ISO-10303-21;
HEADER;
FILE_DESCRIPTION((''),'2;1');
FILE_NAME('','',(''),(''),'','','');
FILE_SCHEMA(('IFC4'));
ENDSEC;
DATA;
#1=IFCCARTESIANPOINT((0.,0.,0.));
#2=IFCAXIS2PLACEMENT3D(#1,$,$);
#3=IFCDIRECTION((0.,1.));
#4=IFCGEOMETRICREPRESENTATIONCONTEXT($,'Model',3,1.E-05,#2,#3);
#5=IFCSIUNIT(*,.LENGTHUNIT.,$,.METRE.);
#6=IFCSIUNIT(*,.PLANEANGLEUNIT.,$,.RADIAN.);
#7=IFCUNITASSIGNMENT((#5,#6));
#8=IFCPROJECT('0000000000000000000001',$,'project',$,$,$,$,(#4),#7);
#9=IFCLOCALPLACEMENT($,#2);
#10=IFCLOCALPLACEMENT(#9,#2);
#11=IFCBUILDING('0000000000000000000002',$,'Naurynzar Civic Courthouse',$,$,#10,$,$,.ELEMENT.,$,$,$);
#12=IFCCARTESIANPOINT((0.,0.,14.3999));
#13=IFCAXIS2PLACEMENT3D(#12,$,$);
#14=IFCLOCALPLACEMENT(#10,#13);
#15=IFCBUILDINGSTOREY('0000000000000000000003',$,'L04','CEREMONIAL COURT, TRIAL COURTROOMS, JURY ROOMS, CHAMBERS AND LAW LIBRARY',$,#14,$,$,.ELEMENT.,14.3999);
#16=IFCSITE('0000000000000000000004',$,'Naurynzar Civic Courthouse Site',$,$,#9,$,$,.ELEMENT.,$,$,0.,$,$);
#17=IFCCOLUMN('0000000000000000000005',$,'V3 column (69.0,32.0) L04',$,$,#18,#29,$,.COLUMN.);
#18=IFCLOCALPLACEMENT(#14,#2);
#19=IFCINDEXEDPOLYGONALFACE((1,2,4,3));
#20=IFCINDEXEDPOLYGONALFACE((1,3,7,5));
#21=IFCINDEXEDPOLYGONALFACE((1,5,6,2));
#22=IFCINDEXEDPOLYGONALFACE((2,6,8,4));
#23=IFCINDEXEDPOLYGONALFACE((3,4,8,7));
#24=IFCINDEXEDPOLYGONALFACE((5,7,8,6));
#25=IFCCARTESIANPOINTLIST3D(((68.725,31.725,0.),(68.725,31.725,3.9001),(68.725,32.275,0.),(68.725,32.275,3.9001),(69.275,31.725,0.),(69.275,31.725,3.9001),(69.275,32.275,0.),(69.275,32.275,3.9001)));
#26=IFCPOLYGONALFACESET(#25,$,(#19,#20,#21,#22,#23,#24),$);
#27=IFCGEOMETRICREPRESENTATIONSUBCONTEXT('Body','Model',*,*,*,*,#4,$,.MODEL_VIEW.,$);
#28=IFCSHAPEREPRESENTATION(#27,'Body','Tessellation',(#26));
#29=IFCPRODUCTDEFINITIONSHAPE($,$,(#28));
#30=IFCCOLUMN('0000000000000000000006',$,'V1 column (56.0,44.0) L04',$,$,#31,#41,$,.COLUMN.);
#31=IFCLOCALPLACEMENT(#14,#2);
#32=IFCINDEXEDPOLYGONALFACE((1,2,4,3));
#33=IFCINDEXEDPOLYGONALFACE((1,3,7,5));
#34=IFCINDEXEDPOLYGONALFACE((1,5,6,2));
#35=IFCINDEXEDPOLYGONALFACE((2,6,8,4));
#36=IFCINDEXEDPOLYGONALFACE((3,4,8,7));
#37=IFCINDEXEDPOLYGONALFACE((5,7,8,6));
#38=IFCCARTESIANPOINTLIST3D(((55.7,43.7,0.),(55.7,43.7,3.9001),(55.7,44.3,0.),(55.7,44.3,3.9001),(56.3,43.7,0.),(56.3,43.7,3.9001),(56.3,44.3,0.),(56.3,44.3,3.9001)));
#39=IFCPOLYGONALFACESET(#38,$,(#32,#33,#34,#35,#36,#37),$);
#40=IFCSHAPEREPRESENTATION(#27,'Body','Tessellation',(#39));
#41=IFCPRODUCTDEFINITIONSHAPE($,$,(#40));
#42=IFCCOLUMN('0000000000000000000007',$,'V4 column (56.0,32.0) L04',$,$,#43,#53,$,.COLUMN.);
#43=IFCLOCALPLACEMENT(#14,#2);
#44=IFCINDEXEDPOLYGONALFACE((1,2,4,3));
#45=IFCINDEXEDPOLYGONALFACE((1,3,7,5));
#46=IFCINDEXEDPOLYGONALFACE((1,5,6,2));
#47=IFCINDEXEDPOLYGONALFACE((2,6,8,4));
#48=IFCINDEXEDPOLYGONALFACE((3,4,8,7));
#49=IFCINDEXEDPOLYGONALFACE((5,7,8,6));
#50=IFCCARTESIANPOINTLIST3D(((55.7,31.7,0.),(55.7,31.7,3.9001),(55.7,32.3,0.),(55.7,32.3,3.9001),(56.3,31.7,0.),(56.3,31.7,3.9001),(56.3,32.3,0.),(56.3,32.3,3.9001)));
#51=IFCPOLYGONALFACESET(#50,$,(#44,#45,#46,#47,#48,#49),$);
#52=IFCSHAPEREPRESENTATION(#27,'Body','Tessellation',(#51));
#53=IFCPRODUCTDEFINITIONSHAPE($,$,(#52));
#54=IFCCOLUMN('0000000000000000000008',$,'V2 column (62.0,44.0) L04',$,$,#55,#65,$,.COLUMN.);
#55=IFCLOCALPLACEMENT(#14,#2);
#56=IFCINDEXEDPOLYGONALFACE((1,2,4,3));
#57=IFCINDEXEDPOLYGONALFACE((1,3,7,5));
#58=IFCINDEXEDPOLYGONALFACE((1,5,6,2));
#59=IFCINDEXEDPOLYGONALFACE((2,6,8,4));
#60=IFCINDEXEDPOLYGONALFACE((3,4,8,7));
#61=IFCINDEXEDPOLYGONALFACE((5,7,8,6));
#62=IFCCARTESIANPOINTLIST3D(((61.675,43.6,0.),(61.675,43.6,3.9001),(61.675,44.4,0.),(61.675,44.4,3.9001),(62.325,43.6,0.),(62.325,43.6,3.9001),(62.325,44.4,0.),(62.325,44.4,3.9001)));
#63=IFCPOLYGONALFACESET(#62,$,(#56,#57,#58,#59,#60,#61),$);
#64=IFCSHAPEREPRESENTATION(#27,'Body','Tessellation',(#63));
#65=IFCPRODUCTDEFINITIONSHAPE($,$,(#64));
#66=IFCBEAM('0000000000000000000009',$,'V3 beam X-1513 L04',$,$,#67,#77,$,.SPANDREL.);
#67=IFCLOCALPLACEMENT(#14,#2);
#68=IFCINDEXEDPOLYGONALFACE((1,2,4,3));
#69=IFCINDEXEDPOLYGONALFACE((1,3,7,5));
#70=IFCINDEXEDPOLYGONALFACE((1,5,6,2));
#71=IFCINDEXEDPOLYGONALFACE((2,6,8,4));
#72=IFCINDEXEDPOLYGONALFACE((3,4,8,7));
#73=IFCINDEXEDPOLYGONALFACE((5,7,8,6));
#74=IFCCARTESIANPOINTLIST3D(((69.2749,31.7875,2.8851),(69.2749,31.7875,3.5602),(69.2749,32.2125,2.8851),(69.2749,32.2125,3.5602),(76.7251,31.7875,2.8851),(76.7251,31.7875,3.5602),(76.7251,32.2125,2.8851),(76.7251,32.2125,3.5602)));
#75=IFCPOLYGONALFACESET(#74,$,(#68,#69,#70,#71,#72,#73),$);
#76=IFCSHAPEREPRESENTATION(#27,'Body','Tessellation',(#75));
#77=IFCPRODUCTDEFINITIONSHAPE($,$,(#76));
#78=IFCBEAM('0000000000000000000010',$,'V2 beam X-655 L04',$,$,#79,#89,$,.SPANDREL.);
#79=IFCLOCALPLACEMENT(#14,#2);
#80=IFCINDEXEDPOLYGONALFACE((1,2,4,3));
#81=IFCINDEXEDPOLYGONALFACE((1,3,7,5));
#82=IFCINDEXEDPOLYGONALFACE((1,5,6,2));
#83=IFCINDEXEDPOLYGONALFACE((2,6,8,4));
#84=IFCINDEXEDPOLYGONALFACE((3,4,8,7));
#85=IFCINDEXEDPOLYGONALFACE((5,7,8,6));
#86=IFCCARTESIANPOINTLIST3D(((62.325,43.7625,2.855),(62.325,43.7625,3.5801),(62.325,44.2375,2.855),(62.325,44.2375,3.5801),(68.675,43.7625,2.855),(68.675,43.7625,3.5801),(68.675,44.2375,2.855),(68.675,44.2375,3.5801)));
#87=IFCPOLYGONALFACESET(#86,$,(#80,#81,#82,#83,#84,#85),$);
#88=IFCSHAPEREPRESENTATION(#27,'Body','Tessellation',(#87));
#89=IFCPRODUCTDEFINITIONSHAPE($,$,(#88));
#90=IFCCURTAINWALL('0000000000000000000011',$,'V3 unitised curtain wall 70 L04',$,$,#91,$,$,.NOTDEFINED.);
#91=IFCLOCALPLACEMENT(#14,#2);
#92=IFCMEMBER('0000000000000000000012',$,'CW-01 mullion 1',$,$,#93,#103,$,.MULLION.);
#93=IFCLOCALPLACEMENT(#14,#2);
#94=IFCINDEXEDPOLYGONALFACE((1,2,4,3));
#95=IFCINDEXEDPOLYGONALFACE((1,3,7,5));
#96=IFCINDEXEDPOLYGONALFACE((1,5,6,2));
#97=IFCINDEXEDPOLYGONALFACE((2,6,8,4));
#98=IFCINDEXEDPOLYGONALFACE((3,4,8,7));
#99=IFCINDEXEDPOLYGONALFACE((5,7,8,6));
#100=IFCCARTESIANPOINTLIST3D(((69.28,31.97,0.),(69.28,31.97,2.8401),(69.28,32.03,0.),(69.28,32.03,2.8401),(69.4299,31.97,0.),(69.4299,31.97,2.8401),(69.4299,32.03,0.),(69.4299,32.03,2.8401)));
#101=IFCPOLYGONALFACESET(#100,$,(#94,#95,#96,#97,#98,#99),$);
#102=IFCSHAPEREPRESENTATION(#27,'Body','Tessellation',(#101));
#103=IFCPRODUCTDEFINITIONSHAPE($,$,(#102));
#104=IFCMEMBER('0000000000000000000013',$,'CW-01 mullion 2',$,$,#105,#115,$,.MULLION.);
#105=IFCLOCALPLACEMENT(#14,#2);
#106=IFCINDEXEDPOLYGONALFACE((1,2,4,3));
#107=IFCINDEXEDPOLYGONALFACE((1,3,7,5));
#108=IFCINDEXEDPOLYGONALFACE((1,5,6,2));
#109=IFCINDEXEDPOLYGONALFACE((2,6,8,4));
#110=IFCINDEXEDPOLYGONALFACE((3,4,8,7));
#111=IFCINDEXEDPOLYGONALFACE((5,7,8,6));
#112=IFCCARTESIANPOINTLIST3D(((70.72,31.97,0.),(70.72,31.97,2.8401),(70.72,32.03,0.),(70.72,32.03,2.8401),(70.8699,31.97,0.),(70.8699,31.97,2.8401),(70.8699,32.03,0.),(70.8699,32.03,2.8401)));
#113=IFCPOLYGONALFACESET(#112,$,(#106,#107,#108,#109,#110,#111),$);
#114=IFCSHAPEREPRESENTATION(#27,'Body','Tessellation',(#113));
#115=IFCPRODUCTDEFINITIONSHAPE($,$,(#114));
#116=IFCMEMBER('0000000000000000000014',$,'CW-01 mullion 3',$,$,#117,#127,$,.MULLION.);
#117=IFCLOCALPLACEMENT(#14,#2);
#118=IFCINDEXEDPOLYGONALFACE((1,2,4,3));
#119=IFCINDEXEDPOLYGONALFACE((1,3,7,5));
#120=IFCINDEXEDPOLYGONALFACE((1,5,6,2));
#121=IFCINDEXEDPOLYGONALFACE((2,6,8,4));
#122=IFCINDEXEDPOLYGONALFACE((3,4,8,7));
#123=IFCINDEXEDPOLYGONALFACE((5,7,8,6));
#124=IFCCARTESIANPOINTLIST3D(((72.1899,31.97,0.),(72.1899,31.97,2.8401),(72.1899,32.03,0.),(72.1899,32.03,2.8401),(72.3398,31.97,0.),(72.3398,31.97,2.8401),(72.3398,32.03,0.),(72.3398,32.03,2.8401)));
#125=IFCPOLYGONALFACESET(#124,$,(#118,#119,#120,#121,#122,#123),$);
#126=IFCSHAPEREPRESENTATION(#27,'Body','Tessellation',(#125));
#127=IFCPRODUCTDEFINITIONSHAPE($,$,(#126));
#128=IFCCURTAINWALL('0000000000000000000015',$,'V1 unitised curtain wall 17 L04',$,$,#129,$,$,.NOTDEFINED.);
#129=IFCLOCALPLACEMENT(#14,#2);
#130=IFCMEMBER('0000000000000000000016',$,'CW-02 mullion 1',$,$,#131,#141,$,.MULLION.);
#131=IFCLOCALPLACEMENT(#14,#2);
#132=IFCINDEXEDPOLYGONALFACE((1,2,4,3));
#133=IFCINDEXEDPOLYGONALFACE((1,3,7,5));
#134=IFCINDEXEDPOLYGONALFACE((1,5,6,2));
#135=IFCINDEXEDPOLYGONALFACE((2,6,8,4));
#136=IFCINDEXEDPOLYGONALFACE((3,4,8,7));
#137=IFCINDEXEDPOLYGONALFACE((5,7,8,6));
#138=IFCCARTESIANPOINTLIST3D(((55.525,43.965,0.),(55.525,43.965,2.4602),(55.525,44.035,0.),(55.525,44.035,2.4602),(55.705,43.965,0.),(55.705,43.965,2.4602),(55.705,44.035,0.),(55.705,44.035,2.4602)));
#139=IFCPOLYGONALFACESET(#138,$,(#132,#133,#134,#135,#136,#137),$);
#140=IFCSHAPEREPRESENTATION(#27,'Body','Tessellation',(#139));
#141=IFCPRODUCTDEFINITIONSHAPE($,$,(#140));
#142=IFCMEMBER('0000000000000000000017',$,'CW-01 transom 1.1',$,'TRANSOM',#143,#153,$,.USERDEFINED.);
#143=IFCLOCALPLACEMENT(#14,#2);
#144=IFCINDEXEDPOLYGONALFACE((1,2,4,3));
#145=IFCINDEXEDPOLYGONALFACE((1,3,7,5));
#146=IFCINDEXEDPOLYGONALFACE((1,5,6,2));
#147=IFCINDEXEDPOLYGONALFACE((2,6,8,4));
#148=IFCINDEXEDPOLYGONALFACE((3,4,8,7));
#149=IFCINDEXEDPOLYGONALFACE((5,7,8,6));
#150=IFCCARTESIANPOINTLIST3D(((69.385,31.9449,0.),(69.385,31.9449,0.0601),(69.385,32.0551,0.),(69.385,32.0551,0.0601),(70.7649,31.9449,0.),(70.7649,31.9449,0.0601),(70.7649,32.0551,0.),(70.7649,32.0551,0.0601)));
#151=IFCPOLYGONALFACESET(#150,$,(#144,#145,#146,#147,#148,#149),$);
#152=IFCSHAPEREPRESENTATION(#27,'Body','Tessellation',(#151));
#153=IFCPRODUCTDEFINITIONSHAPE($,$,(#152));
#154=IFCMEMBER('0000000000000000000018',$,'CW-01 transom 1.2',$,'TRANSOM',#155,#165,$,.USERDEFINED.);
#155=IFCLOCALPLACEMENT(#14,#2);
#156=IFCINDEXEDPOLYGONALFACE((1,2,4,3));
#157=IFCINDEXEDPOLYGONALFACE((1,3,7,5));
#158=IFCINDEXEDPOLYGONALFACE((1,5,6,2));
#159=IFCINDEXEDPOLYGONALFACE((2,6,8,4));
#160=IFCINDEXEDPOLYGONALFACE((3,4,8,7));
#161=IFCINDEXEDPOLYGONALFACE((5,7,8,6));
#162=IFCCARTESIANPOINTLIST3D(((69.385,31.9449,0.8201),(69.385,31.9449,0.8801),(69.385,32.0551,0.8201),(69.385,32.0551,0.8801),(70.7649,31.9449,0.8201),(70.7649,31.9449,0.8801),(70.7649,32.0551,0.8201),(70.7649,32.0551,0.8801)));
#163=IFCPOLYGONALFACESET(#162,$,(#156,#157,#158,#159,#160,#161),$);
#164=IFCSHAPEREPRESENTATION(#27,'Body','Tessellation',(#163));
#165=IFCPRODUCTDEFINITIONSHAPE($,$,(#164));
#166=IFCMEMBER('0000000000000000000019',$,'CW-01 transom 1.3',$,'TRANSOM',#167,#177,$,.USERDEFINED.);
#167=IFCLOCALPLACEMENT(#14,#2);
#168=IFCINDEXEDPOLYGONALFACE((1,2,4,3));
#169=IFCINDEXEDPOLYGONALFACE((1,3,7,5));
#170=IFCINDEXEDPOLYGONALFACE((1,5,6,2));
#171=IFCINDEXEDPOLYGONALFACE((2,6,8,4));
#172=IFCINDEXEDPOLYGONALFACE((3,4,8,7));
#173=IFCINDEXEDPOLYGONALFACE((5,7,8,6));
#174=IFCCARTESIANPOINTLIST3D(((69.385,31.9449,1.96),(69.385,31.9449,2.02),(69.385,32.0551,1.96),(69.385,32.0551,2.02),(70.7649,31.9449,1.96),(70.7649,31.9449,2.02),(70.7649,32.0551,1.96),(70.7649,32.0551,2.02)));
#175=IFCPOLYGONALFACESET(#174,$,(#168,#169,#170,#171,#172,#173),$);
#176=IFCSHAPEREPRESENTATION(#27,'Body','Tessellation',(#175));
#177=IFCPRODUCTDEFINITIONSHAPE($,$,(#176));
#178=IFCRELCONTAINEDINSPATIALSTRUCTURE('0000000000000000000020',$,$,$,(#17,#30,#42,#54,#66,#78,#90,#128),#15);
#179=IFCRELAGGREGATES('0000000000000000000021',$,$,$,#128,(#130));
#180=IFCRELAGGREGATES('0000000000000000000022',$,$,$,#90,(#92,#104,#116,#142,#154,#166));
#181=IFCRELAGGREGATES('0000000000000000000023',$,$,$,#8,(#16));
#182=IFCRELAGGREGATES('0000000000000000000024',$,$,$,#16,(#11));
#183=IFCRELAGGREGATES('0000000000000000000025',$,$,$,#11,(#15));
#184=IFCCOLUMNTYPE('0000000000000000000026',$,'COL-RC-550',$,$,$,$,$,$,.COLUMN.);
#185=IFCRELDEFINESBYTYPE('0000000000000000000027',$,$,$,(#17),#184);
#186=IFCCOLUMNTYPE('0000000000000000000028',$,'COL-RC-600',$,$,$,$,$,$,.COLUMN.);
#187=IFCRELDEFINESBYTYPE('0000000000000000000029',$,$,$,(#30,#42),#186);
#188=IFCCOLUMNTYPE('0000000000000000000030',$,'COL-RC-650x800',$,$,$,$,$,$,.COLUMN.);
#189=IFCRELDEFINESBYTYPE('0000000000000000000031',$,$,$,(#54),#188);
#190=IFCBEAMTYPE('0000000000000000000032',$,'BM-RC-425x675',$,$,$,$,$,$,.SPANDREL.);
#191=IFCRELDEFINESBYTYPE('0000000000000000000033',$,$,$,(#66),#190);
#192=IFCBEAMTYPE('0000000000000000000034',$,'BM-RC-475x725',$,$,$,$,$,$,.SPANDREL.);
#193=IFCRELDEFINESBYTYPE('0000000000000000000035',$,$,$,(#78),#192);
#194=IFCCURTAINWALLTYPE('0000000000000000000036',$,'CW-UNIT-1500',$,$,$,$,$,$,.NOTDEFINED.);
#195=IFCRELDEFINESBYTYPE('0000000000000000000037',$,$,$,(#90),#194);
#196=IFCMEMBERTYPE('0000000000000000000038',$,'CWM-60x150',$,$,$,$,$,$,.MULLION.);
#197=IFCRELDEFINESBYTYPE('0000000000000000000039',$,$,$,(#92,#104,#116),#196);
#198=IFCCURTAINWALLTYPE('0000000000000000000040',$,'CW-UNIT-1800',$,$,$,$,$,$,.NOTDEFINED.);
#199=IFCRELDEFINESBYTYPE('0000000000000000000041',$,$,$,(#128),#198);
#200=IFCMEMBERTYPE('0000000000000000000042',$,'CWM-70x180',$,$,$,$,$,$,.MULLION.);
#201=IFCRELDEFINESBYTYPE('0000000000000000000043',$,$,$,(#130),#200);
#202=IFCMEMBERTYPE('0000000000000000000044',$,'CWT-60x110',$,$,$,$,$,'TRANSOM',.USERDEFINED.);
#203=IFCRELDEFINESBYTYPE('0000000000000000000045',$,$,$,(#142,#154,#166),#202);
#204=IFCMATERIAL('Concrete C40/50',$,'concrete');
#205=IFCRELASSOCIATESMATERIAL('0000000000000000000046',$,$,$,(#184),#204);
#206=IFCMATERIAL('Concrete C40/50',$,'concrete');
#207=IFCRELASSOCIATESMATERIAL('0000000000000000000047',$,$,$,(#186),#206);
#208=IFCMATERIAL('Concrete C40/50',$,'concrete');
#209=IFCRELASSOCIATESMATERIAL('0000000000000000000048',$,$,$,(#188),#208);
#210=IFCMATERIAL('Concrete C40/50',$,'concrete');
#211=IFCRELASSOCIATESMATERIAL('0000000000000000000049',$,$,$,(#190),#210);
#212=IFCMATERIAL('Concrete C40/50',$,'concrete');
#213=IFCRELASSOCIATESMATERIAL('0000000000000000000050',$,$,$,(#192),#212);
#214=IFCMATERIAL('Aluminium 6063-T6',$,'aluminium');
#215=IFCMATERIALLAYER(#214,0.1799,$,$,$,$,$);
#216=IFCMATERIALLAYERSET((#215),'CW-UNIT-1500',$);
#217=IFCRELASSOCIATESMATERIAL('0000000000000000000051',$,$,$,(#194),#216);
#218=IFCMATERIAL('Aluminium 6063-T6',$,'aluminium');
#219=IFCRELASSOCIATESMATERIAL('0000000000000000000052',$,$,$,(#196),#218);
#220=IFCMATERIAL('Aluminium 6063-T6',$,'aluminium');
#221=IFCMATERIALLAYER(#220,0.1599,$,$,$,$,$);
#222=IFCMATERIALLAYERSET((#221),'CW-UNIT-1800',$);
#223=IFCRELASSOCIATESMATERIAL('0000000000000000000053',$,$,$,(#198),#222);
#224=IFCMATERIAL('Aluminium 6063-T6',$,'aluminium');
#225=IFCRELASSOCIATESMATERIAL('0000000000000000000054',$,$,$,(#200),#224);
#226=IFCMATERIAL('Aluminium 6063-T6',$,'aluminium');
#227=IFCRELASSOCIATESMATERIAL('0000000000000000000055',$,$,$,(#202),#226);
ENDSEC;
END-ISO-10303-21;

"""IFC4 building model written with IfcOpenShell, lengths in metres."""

from ifc_helpers import new_model, si_unit, direction, frame, origin, origin_2d, place, context, subcontext, project, spatial, rectangle, extrude, material, layer, layer_set, material_profile, profile_set, type_object, element, aggregate, save


model = new_model("IFC4")

# Units and contexts
model_context = context("Model", 3, precision=1e-05, world=origin(), true_north=direction((0.0, 1.0)))
body_context = subcontext(model_context, "Body", "Model", "MODEL_VIEW")
ifc_project = project(units=[si_unit("LENGTHUNIT", "METRE"), si_unit("PLANEANGLEUNIT", "RADIAN")], contexts=[model_context])

# Site, building, storey
site_placement = place(None, origin())
site = spatial("IfcSite", under=ifc_project, at=site_placement, Name="Naurynzar Civic Courthouse Site", CompositionType="ELEMENT", RefElevation=0.0)
building_placement = place(site_placement, origin())
building = spatial("IfcBuilding", under=site, at=building_placement, Name="Naurynzar Civic Courthouse", CompositionType="ELEMENT")
storey_placement = place(building_placement, frame((0.0, 0.0, 14.3999)))
storey = spatial("IfcBuildingStorey", under=building, at=storey_placement, Name="L04", Description="CEREMONIAL COURT, TRIAL COURTROOMS, JURY ROOMS, CHAMBERS AND LAW LIBRARY", CompositionType="ELEMENT", Elevation=14.3999)

# Columns
ifc_material_1 = material(Name="Concrete C40/50", Category="concrete")
ifc_material_profile_1 = material_profile(ifc_material_1, rectangle(XDim=0.55, YDim=0.55, at=origin_2d()), Name="RC 550x550")
ifc_profile_set_1 = profile_set([ifc_material_profile_1], Name="Concrete C40/50")
column_type_1 = type_object("IfcColumnType", Name="COL-RC-550", PredefinedType="COLUMN", material=ifc_profile_set_1)
column_1_placement = place(storey_placement, frame((69.0, 32.0, 0.0), z_axis=(0.0, 0.0, 1.0), x_axis=(1.0, 0.0, 0.0)))
element("IfcColumn", 1, at=column_1_placement, inside=storey, type_object=column_type_1, Name="V3 column (69.0,32.0) L04", PredefinedType="COLUMN", context=body_context, shape_type="SweptSolid", body=[
    extrude(rectangle(XDim=0.55, YDim=0.55, at=origin_2d()), origin(), (0.0, 0.0, 1.0), 3.9001),
])
ifc_material_2 = material(Name="Concrete C40/50", Category="concrete")
ifc_material_profile_2 = material_profile(ifc_material_2, rectangle(XDim=0.6001, YDim=0.6001, at=origin_2d()), Name="RC 600x600")
ifc_profile_set_2 = profile_set([ifc_material_profile_2], Name="Concrete C40/50")
column_type_2 = type_object("IfcColumnType", Name="COL-RC-600", PredefinedType="COLUMN", material=ifc_profile_set_2)
for number, where, z_axis, x_axis, name in (
    (2, (56.0, 44.0, 0.0), (0.0, 0.0, 1.0), (1.0, 0.0, 0.0), "V1 column (56.0,44.0) L04"),
    (3, (56.0, 32.0, 0.0), (0.0, 0.0, 1.0), (1.0, 0.0, 0.0), "V4 column (56.0,32.0) L04"),
):
    element("IfcColumn", number, at=place(storey_placement, frame(where, z_axis=z_axis, x_axis=x_axis)), inside=storey, type_object=column_type_2, Name=name, PredefinedType="COLUMN", context=body_context, shape_type="SweptSolid", body=[
        extrude(rectangle(XDim=0.6001, YDim=0.6001, at=origin_2d()), origin(), (0.0, 0.0, 1.0), 3.9001),
    ])
ifc_material_3 = material(Name="Concrete C40/50", Category="concrete")
ifc_material_profile_3 = material_profile(ifc_material_3, rectangle(XDim=0.6499, YDim=0.8, at=origin_2d()), Name="RC 650x800")
ifc_profile_set_3 = profile_set([ifc_material_profile_3], Name="Concrete C40/50")
column_type_3 = type_object("IfcColumnType", Name="COL-RC-650x800", PredefinedType="COLUMN", material=ifc_profile_set_3)
column_2_placement = place(storey_placement, frame((62.0, 44.0, 0.0), z_axis=(0.0, 0.0, 1.0), x_axis=(1.0, 0.0, 0.0)))
element("IfcColumn", 4, at=column_2_placement, inside=storey, type_object=column_type_3, Name="V2 column (62.0,44.0) L04", PredefinedType="COLUMN", context=body_context, shape_type="SweptSolid", body=[
    extrude(rectangle(XDim=0.6499, YDim=0.8, at=origin_2d()), origin(), (0.0, 0.0, 1.0), 3.9001),
])

# Beams
ifc_material_4 = material(Name="Concrete C40/50", Category="concrete")
ifc_material_profile_4 = material_profile(ifc_material_4, rectangle(XDim=0.425, YDim=0.675, at=origin_2d()), Name="RCB 425x675")
ifc_profile_set_4 = profile_set([ifc_material_profile_4], Name="Concrete C40/50")
beam_type_1 = type_object("IfcBeamType", Name="BM-RC-425x675", PredefinedType="SPANDREL", material=ifc_profile_set_4)
beam_1_placement = place(storey_placement, frame((69.2749, 32.0, 3.2227), z_axis=(1.0, 0.0, 0.0), x_axis=(0.0, 1.0, 0.0)))
element("IfcBeam", 5, at=beam_1_placement, inside=storey, type_object=beam_type_1, Name="V3 beam X-1513 L04", PredefinedType="SPANDREL", context=body_context, shape_type="SweptSolid", body=[
    extrude(rectangle(XDim=0.425, YDim=0.675, at=origin_2d()), origin(), (0.0, 0.0, 1.0), 7.4502),
])
ifc_material_5 = material(Name="Concrete C40/50", Category="concrete")
ifc_material_profile_5 = material_profile(ifc_material_5, rectangle(XDim=0.4751, YDim=0.7251, at=origin_2d()), Name="RCB 475x725")
ifc_profile_set_5 = profile_set([ifc_material_profile_5], Name="Concrete C40/50")
beam_type_2 = type_object("IfcBeamType", Name="BM-RC-475x725", PredefinedType="SPANDREL", material=ifc_profile_set_5)
beam_2_placement = place(storey_placement, frame((62.325, 44.0, 3.2175), z_axis=(1.0, 0.0, 0.0), x_axis=(0.0, 1.0, 0.0)))
element("IfcBeam", 6, at=beam_2_placement, inside=storey, type_object=beam_type_2, Name="V2 beam X-655 L04", PredefinedType="SPANDREL", context=body_context, shape_type="SweptSolid", body=[
    extrude(rectangle(XDim=0.4751, YDim=0.7251, at=origin_2d()), origin(), (0.0, 0.0, 1.0), 6.3501),
])

# Curtain wall, members
ifc_material_6 = material(Name="Aluminium 6063-T6", Category="aluminium")
ifc_layer_1 = layer(ifc_material_6, 0.1799)
ifc_layer_set_1 = layer_set([ifc_layer_1], Name="CW-UNIT-1500")
curtain_wall_type_1 = type_object("IfcCurtainWallType", Name="CW-UNIT-1500", PredefinedType="NOTDEFINED", material=ifc_layer_set_1)
curtain_wall_1_placement = place(storey_placement, origin())
curtain_wall_1 = element("IfcCurtainWall", 7, at=curtain_wall_1_placement, inside=storey, type_object=curtain_wall_type_1, Name="V3 unitised curtain wall 70 L04", PredefinedType="NOTDEFINED")
ifc_material_7 = material(Name="Aluminium 6063-T6", Category="aluminium")
ifc_material_profile_6 = material_profile(ifc_material_7, rectangle(XDim=0.0601, YDim=0.1499, at=origin_2d()), Name="ALU MULLION 60x150")
ifc_profile_set_6 = profile_set([ifc_material_profile_6], Name="Aluminium 6063-T6")
member_type_1 = type_object("IfcMemberType", Name="CWM-60x150", PredefinedType="MULLION", material=ifc_profile_set_6)
member_1_placement = place(storey_placement, frame((69.355, 32.0, 0.0), z_axis=(0.0, 0.0, 1.0), x_axis=(0.0, 1.0, 0.0)))
member_1 = element("IfcMember", 8, at=member_1_placement, type_object=member_type_1, Name="CW-01 mullion 1", PredefinedType="MULLION", context=body_context, shape_type="SweptSolid", body=[
    extrude(rectangle(XDim=0.0601, YDim=0.1499, at=origin_2d()), origin(), (0.0, 0.0, 1.0), 2.8401),
])
member_2_placement = place(storey_placement, frame((70.7949, 32.0, 0.0), z_axis=(0.0, 0.0, 1.0), x_axis=(0.0, 1.0, 0.0)))
member_2 = element("IfcMember", 9, at=member_2_placement, type_object=member_type_1, Name="CW-01 mullion 2", PredefinedType="MULLION", context=body_context, shape_type="SweptSolid", body=[
    extrude(rectangle(XDim=0.0601, YDim=0.1499, at=origin_2d()), origin(), (0.0, 0.0, 1.0), 2.8401),
])
member_3_placement = place(storey_placement, frame((72.2649, 32.0, 0.0), z_axis=(0.0, 0.0, 1.0), x_axis=(0.0, 1.0, 0.0)))
member_3 = element("IfcMember", 10, at=member_3_placement, type_object=member_type_1, Name="CW-01 mullion 3", PredefinedType="MULLION", context=body_context, shape_type="SweptSolid", body=[
    extrude(rectangle(XDim=0.0601, YDim=0.1499, at=origin_2d()), origin(), (0.0, 0.0, 1.0), 2.8401),
])

# Curtain wall, member
ifc_material_8 = material(Name="Aluminium 6063-T6", Category="aluminium")
ifc_layer_2 = layer(ifc_material_8, 0.1599)
ifc_layer_set_2 = layer_set([ifc_layer_2], Name="CW-UNIT-1800")
curtain_wall_type_2 = type_object("IfcCurtainWallType", Name="CW-UNIT-1800", PredefinedType="NOTDEFINED", material=ifc_layer_set_2)
curtain_wall_2_placement = place(storey_placement, origin())
curtain_wall_2 = element("IfcCurtainWall", 11, at=curtain_wall_2_placement, inside=storey, type_object=curtain_wall_type_2, Name="V1 unitised curtain wall 17 L04", PredefinedType="NOTDEFINED")
ifc_material_9 = material(Name="Aluminium 6063-T6", Category="aluminium")
ifc_material_profile_7 = material_profile(ifc_material_9, rectangle(XDim=0.0701, YDim=0.1799, at=origin_2d()), Name="ALU MULLION 70x180")
ifc_profile_set_7 = profile_set([ifc_material_profile_7], Name="Aluminium 6063-T6")
member_type_2 = type_object("IfcMemberType", Name="CWM-70x180", PredefinedType="MULLION", material=ifc_profile_set_7)
member_4_placement = place(storey_placement, frame((55.615, 44.0, 0.0), z_axis=(0.0, 0.0, 1.0), x_axis=(0.0, -1.0, 0.0)))
member_4 = element("IfcMember", 12, at=member_4_placement, type_object=member_type_2, Name="CW-02 mullion 1", PredefinedType="MULLION", context=body_context, shape_type="SweptSolid", body=[
    extrude(rectangle(XDim=0.0701, YDim=0.1799, at=origin_2d()), origin(), (0.0, 0.0, 1.0), 2.4602),
])
aggregate(curtain_wall_2, [member_4])

# Members
ifc_material_10 = material(Name="Aluminium 6063-T6", Category="aluminium")
ifc_material_profile_8 = material_profile(ifc_material_10, rectangle(XDim=0.1101, YDim=0.0601, at=origin_2d()), Name="ALU TRANSOM 60x110")
ifc_profile_set_8 = profile_set([ifc_material_profile_8], Name="Aluminium 6063-T6")
member_type_3 = type_object("IfcMemberType", Name="CWT-60x110", ElementType="TRANSOM", PredefinedType="USERDEFINED", material=ifc_profile_set_8)
member_5_placement = place(storey_placement, frame((69.385, 32.0, 0.03), z_axis=(1.0, 0.0, 0.0), x_axis=(0.0, 1.0, 0.0)))
member_5 = element("IfcMember", 13, at=member_5_placement, type_object=member_type_3, Name="CW-01 transom 1.1", ObjectType="TRANSOM", PredefinedType="USERDEFINED", context=body_context, shape_type="SweptSolid", body=[
    extrude(rectangle(XDim=0.1101, YDim=0.0601, at=origin_2d()), origin(), (0.0, 0.0, 1.0), 1.3799),
])
member_6_placement = place(storey_placement, frame((69.385, 32.0, 0.8501), z_axis=(1.0, 0.0, 0.0), x_axis=(0.0, 1.0, 0.0)))
member_6 = element("IfcMember", 14, at=member_6_placement, type_object=member_type_3, Name="CW-01 transom 1.2", ObjectType="TRANSOM", PredefinedType="USERDEFINED", context=body_context, shape_type="SweptSolid", body=[
    extrude(rectangle(XDim=0.1101, YDim=0.0601, at=origin_2d()), origin(), (0.0, 0.0, 1.0), 1.3799),
])
member_7_placement = place(storey_placement, frame((69.385, 32.0, 1.99), z_axis=(1.0, 0.0, 0.0), x_axis=(0.0, 1.0, 0.0)))
member_7 = element("IfcMember", 15, at=member_7_placement, type_object=member_type_3, Name="CW-01 transom 1.3", ObjectType="TRANSOM", PredefinedType="USERDEFINED", context=body_context, shape_type="SweptSolid", body=[
    extrude(rectangle(XDim=0.1101, YDim=0.0601, at=origin_2d()), origin(), (0.0, 0.0, 1.0), 1.3799),
])

aggregate(curtain_wall_1, [member_1, member_2, member_3, member_5, member_6, member_7])

save(model, "model.ifc")
